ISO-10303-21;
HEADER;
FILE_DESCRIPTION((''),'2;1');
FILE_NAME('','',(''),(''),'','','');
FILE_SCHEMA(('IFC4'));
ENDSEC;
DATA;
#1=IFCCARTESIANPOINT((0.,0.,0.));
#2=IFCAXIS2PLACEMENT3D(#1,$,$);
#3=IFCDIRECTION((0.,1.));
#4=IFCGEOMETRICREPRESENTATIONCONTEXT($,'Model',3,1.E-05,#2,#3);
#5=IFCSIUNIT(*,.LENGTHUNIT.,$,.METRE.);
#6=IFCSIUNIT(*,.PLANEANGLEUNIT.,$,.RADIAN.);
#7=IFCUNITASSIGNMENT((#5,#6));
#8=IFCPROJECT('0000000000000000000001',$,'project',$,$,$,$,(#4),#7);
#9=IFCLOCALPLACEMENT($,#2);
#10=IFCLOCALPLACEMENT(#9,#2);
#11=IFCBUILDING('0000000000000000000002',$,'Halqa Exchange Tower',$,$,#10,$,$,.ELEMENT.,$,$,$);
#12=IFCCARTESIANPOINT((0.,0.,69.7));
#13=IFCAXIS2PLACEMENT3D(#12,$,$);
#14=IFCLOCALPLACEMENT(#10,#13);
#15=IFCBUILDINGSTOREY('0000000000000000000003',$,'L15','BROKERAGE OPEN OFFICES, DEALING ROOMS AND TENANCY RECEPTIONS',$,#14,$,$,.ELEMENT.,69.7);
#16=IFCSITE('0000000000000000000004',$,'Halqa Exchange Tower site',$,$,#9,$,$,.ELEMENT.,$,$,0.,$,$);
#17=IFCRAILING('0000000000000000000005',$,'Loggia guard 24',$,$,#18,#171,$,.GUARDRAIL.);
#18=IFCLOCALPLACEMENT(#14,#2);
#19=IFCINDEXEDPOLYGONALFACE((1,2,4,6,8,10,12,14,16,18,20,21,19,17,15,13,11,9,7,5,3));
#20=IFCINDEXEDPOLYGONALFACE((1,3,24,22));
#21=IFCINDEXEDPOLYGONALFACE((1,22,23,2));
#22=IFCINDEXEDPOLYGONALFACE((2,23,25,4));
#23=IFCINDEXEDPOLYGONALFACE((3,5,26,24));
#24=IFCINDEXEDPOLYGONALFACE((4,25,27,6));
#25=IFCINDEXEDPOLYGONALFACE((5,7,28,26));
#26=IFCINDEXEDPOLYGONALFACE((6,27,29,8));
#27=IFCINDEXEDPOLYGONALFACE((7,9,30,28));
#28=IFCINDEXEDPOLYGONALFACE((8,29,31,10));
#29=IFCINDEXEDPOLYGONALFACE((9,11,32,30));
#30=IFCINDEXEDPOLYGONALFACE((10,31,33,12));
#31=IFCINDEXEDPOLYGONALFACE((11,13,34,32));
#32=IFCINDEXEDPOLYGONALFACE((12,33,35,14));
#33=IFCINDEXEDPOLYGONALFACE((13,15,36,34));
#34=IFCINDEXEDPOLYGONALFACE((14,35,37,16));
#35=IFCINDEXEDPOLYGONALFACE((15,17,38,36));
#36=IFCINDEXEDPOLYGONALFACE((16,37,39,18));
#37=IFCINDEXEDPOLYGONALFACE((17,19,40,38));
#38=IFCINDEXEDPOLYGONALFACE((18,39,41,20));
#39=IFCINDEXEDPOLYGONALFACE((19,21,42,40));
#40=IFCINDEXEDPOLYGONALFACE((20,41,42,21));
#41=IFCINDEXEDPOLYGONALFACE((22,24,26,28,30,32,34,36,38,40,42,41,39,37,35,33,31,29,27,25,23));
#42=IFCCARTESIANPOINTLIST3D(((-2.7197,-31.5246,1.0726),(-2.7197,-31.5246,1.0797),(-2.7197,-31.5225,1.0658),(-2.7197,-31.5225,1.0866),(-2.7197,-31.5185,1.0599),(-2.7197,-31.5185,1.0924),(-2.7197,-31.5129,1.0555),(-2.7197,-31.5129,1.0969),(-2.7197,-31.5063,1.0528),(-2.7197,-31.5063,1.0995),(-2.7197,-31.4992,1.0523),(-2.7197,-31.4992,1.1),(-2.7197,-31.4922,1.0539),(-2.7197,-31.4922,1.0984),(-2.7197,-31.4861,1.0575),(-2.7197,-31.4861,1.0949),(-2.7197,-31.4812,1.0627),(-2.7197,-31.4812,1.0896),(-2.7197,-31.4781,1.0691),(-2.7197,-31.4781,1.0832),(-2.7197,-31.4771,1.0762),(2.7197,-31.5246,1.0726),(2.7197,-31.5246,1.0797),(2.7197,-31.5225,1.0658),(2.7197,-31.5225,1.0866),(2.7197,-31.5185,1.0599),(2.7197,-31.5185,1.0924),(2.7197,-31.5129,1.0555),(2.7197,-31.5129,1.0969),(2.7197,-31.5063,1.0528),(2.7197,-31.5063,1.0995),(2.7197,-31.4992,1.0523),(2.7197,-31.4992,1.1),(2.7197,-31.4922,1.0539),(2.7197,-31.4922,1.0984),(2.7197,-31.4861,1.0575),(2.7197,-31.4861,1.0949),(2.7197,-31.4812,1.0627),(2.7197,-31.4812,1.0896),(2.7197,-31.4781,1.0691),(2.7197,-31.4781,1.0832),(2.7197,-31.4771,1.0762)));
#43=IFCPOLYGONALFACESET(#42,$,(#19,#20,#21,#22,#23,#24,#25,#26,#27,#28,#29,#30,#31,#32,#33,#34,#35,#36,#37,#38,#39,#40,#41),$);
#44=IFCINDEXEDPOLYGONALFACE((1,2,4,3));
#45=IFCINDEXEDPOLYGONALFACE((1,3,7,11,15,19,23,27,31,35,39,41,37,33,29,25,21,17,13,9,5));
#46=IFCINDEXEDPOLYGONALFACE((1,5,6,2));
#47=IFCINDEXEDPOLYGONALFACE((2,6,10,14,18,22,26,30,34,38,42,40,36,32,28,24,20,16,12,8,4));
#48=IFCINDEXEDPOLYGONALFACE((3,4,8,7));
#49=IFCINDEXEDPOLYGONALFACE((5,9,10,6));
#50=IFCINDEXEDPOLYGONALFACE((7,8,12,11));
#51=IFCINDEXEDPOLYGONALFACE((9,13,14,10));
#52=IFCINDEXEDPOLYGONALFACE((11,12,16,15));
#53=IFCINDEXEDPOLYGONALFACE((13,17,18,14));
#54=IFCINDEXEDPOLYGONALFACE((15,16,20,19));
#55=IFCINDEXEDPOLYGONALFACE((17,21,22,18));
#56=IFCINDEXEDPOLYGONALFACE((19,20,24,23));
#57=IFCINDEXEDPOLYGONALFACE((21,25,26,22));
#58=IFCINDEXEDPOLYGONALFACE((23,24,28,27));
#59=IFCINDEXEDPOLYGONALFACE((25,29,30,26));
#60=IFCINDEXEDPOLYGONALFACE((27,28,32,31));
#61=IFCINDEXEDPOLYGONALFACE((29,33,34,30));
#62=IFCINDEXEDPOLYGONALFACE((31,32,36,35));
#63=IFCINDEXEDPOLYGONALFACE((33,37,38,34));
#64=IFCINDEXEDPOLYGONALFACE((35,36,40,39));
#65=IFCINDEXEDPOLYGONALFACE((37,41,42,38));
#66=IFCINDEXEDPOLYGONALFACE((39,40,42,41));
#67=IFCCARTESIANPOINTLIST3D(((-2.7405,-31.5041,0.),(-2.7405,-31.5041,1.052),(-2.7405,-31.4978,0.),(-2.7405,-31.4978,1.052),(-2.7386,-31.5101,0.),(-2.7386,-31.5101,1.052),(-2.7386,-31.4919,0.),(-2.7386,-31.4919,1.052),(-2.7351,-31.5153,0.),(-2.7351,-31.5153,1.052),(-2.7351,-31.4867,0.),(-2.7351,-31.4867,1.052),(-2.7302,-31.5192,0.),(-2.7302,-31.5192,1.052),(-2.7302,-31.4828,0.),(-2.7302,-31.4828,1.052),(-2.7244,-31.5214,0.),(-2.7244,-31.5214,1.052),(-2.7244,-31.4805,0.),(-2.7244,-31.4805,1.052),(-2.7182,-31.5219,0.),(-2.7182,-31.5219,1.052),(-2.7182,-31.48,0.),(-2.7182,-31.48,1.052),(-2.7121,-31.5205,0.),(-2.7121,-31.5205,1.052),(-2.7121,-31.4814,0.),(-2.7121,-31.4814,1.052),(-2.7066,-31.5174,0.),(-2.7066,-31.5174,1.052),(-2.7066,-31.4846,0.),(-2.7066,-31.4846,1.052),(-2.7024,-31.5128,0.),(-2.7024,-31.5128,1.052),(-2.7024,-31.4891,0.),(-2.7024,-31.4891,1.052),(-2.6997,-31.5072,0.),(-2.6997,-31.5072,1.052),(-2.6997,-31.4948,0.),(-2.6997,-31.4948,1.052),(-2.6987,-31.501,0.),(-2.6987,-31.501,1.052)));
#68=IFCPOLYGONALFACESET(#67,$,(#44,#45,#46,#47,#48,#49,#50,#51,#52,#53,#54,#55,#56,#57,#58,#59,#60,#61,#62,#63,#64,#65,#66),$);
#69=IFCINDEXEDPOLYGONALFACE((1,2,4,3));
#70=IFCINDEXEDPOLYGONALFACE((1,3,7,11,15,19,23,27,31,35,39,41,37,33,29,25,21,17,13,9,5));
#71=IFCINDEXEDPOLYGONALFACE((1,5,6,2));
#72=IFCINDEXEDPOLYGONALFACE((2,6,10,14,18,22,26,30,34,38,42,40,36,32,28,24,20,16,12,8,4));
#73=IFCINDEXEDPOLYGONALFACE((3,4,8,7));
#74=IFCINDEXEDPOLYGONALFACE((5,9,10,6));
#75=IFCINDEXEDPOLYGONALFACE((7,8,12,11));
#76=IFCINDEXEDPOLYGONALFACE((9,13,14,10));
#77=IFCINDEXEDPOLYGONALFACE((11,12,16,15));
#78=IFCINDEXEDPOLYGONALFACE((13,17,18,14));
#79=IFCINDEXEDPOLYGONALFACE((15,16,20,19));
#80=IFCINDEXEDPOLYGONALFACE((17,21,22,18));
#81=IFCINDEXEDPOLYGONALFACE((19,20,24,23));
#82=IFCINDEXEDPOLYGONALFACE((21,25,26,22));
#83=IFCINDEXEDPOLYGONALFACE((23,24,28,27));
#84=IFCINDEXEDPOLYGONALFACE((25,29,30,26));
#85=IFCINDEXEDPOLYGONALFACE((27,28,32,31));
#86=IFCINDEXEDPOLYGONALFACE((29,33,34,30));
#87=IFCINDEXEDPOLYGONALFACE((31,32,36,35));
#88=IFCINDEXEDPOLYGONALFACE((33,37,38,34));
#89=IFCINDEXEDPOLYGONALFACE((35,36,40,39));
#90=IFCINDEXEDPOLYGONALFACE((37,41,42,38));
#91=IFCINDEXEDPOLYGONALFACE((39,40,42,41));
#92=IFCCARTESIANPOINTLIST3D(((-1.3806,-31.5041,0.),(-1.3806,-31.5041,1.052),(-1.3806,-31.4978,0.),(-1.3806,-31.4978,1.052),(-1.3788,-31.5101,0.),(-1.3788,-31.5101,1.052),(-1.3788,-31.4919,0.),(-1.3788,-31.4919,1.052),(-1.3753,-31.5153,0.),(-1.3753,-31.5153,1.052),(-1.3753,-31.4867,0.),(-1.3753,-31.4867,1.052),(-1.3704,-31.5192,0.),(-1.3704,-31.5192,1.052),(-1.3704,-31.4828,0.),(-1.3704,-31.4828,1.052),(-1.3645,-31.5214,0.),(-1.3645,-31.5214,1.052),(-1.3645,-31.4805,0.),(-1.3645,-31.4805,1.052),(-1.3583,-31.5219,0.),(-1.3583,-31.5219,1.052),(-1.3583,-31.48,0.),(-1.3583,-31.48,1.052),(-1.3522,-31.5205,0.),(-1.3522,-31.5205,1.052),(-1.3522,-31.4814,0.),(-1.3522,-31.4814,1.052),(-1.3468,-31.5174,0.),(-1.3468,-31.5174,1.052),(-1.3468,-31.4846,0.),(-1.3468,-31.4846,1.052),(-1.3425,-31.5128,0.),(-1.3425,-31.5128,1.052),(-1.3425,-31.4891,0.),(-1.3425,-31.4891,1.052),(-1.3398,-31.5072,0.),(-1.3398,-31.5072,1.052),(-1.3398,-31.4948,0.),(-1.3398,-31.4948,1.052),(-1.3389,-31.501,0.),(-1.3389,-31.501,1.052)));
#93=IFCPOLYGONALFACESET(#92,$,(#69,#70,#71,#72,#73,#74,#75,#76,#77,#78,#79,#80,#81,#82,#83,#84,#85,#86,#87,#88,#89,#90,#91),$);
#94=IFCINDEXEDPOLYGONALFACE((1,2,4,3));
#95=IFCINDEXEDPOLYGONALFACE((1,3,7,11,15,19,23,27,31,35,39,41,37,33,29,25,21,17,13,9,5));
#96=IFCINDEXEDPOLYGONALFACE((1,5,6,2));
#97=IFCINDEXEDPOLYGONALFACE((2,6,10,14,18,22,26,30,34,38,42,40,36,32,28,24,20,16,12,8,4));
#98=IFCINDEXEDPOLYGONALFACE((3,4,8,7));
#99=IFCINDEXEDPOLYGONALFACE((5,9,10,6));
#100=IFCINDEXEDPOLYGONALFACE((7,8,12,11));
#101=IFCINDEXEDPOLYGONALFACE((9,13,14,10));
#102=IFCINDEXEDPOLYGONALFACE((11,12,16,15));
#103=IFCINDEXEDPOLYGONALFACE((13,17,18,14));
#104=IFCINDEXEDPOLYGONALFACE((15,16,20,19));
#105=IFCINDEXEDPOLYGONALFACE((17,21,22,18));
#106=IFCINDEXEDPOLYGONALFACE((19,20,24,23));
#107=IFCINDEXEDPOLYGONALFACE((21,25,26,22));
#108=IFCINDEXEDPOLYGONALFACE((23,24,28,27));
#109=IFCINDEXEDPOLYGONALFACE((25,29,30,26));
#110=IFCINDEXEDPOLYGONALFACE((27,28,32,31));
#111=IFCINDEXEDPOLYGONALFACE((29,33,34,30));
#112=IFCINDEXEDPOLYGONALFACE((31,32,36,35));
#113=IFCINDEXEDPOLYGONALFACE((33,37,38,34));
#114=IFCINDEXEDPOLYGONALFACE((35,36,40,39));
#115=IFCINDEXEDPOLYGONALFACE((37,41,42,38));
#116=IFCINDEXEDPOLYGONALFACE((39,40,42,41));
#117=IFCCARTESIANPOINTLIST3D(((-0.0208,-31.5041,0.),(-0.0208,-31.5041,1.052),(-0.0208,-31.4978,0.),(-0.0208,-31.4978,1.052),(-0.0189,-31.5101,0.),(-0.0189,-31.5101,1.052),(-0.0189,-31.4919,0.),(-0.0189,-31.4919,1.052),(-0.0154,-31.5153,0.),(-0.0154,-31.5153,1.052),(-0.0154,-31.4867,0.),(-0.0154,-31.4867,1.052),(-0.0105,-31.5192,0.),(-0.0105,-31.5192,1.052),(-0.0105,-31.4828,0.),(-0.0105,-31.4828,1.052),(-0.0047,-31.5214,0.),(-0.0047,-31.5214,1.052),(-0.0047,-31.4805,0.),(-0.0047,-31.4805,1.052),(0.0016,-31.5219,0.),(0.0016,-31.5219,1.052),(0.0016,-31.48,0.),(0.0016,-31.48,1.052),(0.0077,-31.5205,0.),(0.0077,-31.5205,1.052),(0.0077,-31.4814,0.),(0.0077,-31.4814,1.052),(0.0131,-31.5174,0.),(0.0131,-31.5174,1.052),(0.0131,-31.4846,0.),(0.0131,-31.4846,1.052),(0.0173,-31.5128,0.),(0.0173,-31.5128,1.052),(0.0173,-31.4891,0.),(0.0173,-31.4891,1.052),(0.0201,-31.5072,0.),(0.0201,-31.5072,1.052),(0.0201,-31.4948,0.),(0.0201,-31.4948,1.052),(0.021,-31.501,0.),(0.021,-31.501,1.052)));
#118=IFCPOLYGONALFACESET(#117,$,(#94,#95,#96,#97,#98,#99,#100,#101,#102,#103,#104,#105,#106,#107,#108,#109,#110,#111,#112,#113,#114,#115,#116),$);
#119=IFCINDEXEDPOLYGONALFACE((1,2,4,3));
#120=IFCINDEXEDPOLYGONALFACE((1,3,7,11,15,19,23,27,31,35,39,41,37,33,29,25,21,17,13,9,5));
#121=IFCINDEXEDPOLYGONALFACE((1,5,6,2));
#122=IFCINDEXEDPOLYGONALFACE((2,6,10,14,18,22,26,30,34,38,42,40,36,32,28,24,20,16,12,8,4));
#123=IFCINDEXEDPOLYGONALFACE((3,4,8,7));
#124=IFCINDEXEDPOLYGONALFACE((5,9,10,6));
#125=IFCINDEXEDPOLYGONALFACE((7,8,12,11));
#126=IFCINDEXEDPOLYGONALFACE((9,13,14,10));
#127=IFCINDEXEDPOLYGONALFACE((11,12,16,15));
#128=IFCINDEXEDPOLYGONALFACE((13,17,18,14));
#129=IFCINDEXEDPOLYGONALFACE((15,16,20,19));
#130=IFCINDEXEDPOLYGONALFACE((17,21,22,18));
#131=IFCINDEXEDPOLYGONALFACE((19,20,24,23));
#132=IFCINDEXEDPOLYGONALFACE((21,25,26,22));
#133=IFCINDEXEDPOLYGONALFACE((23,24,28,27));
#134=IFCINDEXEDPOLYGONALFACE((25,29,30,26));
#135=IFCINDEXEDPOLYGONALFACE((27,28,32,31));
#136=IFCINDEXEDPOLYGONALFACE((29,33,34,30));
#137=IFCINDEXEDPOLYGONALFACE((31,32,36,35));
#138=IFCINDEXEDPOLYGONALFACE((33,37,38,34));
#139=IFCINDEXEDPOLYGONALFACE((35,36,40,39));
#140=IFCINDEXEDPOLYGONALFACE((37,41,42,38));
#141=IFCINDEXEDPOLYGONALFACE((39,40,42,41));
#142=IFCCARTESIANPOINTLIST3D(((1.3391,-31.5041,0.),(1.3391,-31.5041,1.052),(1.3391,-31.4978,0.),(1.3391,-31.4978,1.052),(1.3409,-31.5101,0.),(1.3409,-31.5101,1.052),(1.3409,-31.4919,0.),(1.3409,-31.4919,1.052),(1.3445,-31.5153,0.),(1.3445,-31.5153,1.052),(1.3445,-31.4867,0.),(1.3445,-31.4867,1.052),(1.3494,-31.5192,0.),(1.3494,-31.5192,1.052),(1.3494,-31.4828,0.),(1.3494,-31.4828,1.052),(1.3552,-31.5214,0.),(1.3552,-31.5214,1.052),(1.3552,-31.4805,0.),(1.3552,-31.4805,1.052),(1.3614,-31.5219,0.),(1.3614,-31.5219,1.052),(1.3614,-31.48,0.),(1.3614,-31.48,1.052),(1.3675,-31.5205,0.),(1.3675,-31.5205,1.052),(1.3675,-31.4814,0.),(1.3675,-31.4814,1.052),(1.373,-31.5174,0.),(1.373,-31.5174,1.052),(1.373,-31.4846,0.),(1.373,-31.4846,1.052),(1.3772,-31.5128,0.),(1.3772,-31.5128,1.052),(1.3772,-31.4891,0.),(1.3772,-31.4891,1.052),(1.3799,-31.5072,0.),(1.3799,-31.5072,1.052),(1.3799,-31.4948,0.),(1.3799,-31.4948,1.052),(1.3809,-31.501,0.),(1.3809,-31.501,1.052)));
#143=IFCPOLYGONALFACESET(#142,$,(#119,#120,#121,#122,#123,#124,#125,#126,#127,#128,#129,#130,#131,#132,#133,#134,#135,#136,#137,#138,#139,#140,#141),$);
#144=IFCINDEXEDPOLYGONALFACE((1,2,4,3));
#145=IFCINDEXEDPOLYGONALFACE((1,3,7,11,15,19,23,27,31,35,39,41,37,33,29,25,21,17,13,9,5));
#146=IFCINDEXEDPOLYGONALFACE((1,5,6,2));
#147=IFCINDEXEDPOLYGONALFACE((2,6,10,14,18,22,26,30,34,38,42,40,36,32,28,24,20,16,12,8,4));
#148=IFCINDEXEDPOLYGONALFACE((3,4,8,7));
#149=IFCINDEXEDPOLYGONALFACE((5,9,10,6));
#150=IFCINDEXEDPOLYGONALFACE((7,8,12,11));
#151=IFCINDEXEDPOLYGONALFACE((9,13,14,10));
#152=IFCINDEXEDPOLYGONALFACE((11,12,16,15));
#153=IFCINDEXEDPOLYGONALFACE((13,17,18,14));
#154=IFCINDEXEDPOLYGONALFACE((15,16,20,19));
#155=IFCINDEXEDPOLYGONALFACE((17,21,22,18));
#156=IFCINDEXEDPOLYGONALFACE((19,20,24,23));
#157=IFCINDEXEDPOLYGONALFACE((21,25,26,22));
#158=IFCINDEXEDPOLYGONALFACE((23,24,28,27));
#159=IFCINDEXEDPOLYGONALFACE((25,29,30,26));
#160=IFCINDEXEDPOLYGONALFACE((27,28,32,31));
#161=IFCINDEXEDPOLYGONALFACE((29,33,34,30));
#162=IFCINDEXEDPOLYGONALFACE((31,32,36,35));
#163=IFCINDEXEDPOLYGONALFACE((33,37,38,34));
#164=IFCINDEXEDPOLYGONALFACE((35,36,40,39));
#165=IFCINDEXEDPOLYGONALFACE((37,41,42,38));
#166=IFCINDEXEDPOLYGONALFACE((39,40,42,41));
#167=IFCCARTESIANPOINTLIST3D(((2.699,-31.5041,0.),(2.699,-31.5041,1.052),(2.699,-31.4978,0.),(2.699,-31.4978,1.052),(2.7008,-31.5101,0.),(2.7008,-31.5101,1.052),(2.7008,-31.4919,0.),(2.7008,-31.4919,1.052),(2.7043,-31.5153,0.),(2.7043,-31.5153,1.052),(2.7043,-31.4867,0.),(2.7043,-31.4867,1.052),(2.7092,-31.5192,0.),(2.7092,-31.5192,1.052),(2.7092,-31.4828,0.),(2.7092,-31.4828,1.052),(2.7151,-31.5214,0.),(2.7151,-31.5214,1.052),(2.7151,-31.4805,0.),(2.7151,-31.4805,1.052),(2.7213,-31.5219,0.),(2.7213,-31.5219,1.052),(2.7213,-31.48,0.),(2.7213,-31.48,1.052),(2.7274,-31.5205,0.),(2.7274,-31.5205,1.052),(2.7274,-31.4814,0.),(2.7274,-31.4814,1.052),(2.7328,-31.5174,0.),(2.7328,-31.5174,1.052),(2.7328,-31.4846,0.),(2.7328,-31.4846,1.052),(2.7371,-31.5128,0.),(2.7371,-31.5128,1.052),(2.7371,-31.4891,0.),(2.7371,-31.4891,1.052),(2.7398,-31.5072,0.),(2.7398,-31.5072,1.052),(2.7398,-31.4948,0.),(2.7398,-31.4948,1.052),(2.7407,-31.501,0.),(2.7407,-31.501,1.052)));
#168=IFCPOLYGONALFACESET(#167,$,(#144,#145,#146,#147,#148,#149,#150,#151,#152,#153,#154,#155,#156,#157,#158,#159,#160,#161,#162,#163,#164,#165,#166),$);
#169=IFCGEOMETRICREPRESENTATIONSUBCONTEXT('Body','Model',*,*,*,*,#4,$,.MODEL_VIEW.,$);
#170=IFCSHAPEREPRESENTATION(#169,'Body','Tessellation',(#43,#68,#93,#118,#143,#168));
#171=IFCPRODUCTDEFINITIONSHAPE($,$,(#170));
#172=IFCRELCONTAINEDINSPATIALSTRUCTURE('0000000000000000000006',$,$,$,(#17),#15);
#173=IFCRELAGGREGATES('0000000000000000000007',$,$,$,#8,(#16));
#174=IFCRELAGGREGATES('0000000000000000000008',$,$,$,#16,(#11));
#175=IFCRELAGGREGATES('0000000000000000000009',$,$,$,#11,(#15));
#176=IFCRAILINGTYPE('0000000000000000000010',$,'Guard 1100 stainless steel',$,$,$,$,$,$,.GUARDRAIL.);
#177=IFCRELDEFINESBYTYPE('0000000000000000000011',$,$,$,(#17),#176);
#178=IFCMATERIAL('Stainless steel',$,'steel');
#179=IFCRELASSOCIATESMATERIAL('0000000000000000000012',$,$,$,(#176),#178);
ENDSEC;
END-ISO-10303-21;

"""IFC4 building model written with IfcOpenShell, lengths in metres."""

from ifc_helpers import new_model, si_unit, direction, frame, origin, origin_2d, place, context, subcontext, project, spatial, circle, extrude, material, type_object, element, save


model = new_model("IFC4")

# Units and contexts
model_context = context("Model", 3, precision=1e-05, world=origin(), true_north=direction((0.0, 1.0)))
body_context = subcontext(model_context, "Body", "Model", "MODEL_VIEW")
ifc_project = project(units=[si_unit("LENGTHUNIT", "METRE"), si_unit("PLANEANGLEUNIT", "RADIAN")], contexts=[model_context])

# Site, building, storey
site_placement = place(None, origin())
site = spatial("IfcSite", under=ifc_project, at=site_placement, Name="Halqa Exchange Tower site", CompositionType="ELEMENT", RefElevation=0.0)
building_placement = place(site_placement, origin())
building = spatial("IfcBuilding", under=site, at=building_placement, Name="Halqa Exchange Tower", CompositionType="ELEMENT")
storey_placement = place(building_placement, frame((0.0, 0.0, 69.7)))
storey = spatial("IfcBuildingStorey", under=building, at=storey_placement, Name="L15", Description="BROKERAGE OPEN OFFICES, DEALING ROOMS AND TENANCY RECEPTIONS", CompositionType="ELEMENT", Elevation=69.7)

# Railing
ifc_material_1 = material(Name="Stainless steel", Category="steel")
railing_type = type_object("IfcRailingType", Name="Guard 1100 stainless steel", PredefinedType="GUARDRAIL", material=ifc_material_1)
railing_1_placement = place(storey_placement, frame((-2.7197, -31.501, 0.0)))
element("IfcRailing", 1, at=railing_1_placement, inside=storey, type_object=railing_type, Name="Loggia guard 24", PredefinedType="GUARDRAIL", context=body_context, shape_type="SweptSolid", body=[
    extrude(circle(Radius=0.0239, at=origin_2d()), frame((0.0, 0.0, 1.0762), z_axis=(1.0, 0.0, 0.0), x_axis=(0.0, 1.0, 0.0)), (0.0, 0.0, 1.0), 5.4395),
    extrude(circle(Radius=0.021, at=origin_2d()), origin(), (0.0, 0.0, 1.0), 1.052),
    extrude(circle(Radius=0.021, at=origin_2d()), frame((1.3599, 0.0, 0.0)), (0.0, 0.0, 1.0), 1.052),
    extrude(circle(Radius=0.021, at=origin_2d()), frame((2.7197, 0.0, 0.0)), (0.0, 0.0, 1.0), 1.052),
    extrude(circle(Radius=0.021, at=origin_2d()), frame((4.0796, 0.0, 0.0)), (0.0, 0.0, 1.0), 1.052),
    extrude(circle(Radius=0.021, at=origin_2d()), frame((5.4395, 0.0, 0.0)), (0.0, 0.0, 1.0), 1.052),
])

save(model, "model.ifc")
